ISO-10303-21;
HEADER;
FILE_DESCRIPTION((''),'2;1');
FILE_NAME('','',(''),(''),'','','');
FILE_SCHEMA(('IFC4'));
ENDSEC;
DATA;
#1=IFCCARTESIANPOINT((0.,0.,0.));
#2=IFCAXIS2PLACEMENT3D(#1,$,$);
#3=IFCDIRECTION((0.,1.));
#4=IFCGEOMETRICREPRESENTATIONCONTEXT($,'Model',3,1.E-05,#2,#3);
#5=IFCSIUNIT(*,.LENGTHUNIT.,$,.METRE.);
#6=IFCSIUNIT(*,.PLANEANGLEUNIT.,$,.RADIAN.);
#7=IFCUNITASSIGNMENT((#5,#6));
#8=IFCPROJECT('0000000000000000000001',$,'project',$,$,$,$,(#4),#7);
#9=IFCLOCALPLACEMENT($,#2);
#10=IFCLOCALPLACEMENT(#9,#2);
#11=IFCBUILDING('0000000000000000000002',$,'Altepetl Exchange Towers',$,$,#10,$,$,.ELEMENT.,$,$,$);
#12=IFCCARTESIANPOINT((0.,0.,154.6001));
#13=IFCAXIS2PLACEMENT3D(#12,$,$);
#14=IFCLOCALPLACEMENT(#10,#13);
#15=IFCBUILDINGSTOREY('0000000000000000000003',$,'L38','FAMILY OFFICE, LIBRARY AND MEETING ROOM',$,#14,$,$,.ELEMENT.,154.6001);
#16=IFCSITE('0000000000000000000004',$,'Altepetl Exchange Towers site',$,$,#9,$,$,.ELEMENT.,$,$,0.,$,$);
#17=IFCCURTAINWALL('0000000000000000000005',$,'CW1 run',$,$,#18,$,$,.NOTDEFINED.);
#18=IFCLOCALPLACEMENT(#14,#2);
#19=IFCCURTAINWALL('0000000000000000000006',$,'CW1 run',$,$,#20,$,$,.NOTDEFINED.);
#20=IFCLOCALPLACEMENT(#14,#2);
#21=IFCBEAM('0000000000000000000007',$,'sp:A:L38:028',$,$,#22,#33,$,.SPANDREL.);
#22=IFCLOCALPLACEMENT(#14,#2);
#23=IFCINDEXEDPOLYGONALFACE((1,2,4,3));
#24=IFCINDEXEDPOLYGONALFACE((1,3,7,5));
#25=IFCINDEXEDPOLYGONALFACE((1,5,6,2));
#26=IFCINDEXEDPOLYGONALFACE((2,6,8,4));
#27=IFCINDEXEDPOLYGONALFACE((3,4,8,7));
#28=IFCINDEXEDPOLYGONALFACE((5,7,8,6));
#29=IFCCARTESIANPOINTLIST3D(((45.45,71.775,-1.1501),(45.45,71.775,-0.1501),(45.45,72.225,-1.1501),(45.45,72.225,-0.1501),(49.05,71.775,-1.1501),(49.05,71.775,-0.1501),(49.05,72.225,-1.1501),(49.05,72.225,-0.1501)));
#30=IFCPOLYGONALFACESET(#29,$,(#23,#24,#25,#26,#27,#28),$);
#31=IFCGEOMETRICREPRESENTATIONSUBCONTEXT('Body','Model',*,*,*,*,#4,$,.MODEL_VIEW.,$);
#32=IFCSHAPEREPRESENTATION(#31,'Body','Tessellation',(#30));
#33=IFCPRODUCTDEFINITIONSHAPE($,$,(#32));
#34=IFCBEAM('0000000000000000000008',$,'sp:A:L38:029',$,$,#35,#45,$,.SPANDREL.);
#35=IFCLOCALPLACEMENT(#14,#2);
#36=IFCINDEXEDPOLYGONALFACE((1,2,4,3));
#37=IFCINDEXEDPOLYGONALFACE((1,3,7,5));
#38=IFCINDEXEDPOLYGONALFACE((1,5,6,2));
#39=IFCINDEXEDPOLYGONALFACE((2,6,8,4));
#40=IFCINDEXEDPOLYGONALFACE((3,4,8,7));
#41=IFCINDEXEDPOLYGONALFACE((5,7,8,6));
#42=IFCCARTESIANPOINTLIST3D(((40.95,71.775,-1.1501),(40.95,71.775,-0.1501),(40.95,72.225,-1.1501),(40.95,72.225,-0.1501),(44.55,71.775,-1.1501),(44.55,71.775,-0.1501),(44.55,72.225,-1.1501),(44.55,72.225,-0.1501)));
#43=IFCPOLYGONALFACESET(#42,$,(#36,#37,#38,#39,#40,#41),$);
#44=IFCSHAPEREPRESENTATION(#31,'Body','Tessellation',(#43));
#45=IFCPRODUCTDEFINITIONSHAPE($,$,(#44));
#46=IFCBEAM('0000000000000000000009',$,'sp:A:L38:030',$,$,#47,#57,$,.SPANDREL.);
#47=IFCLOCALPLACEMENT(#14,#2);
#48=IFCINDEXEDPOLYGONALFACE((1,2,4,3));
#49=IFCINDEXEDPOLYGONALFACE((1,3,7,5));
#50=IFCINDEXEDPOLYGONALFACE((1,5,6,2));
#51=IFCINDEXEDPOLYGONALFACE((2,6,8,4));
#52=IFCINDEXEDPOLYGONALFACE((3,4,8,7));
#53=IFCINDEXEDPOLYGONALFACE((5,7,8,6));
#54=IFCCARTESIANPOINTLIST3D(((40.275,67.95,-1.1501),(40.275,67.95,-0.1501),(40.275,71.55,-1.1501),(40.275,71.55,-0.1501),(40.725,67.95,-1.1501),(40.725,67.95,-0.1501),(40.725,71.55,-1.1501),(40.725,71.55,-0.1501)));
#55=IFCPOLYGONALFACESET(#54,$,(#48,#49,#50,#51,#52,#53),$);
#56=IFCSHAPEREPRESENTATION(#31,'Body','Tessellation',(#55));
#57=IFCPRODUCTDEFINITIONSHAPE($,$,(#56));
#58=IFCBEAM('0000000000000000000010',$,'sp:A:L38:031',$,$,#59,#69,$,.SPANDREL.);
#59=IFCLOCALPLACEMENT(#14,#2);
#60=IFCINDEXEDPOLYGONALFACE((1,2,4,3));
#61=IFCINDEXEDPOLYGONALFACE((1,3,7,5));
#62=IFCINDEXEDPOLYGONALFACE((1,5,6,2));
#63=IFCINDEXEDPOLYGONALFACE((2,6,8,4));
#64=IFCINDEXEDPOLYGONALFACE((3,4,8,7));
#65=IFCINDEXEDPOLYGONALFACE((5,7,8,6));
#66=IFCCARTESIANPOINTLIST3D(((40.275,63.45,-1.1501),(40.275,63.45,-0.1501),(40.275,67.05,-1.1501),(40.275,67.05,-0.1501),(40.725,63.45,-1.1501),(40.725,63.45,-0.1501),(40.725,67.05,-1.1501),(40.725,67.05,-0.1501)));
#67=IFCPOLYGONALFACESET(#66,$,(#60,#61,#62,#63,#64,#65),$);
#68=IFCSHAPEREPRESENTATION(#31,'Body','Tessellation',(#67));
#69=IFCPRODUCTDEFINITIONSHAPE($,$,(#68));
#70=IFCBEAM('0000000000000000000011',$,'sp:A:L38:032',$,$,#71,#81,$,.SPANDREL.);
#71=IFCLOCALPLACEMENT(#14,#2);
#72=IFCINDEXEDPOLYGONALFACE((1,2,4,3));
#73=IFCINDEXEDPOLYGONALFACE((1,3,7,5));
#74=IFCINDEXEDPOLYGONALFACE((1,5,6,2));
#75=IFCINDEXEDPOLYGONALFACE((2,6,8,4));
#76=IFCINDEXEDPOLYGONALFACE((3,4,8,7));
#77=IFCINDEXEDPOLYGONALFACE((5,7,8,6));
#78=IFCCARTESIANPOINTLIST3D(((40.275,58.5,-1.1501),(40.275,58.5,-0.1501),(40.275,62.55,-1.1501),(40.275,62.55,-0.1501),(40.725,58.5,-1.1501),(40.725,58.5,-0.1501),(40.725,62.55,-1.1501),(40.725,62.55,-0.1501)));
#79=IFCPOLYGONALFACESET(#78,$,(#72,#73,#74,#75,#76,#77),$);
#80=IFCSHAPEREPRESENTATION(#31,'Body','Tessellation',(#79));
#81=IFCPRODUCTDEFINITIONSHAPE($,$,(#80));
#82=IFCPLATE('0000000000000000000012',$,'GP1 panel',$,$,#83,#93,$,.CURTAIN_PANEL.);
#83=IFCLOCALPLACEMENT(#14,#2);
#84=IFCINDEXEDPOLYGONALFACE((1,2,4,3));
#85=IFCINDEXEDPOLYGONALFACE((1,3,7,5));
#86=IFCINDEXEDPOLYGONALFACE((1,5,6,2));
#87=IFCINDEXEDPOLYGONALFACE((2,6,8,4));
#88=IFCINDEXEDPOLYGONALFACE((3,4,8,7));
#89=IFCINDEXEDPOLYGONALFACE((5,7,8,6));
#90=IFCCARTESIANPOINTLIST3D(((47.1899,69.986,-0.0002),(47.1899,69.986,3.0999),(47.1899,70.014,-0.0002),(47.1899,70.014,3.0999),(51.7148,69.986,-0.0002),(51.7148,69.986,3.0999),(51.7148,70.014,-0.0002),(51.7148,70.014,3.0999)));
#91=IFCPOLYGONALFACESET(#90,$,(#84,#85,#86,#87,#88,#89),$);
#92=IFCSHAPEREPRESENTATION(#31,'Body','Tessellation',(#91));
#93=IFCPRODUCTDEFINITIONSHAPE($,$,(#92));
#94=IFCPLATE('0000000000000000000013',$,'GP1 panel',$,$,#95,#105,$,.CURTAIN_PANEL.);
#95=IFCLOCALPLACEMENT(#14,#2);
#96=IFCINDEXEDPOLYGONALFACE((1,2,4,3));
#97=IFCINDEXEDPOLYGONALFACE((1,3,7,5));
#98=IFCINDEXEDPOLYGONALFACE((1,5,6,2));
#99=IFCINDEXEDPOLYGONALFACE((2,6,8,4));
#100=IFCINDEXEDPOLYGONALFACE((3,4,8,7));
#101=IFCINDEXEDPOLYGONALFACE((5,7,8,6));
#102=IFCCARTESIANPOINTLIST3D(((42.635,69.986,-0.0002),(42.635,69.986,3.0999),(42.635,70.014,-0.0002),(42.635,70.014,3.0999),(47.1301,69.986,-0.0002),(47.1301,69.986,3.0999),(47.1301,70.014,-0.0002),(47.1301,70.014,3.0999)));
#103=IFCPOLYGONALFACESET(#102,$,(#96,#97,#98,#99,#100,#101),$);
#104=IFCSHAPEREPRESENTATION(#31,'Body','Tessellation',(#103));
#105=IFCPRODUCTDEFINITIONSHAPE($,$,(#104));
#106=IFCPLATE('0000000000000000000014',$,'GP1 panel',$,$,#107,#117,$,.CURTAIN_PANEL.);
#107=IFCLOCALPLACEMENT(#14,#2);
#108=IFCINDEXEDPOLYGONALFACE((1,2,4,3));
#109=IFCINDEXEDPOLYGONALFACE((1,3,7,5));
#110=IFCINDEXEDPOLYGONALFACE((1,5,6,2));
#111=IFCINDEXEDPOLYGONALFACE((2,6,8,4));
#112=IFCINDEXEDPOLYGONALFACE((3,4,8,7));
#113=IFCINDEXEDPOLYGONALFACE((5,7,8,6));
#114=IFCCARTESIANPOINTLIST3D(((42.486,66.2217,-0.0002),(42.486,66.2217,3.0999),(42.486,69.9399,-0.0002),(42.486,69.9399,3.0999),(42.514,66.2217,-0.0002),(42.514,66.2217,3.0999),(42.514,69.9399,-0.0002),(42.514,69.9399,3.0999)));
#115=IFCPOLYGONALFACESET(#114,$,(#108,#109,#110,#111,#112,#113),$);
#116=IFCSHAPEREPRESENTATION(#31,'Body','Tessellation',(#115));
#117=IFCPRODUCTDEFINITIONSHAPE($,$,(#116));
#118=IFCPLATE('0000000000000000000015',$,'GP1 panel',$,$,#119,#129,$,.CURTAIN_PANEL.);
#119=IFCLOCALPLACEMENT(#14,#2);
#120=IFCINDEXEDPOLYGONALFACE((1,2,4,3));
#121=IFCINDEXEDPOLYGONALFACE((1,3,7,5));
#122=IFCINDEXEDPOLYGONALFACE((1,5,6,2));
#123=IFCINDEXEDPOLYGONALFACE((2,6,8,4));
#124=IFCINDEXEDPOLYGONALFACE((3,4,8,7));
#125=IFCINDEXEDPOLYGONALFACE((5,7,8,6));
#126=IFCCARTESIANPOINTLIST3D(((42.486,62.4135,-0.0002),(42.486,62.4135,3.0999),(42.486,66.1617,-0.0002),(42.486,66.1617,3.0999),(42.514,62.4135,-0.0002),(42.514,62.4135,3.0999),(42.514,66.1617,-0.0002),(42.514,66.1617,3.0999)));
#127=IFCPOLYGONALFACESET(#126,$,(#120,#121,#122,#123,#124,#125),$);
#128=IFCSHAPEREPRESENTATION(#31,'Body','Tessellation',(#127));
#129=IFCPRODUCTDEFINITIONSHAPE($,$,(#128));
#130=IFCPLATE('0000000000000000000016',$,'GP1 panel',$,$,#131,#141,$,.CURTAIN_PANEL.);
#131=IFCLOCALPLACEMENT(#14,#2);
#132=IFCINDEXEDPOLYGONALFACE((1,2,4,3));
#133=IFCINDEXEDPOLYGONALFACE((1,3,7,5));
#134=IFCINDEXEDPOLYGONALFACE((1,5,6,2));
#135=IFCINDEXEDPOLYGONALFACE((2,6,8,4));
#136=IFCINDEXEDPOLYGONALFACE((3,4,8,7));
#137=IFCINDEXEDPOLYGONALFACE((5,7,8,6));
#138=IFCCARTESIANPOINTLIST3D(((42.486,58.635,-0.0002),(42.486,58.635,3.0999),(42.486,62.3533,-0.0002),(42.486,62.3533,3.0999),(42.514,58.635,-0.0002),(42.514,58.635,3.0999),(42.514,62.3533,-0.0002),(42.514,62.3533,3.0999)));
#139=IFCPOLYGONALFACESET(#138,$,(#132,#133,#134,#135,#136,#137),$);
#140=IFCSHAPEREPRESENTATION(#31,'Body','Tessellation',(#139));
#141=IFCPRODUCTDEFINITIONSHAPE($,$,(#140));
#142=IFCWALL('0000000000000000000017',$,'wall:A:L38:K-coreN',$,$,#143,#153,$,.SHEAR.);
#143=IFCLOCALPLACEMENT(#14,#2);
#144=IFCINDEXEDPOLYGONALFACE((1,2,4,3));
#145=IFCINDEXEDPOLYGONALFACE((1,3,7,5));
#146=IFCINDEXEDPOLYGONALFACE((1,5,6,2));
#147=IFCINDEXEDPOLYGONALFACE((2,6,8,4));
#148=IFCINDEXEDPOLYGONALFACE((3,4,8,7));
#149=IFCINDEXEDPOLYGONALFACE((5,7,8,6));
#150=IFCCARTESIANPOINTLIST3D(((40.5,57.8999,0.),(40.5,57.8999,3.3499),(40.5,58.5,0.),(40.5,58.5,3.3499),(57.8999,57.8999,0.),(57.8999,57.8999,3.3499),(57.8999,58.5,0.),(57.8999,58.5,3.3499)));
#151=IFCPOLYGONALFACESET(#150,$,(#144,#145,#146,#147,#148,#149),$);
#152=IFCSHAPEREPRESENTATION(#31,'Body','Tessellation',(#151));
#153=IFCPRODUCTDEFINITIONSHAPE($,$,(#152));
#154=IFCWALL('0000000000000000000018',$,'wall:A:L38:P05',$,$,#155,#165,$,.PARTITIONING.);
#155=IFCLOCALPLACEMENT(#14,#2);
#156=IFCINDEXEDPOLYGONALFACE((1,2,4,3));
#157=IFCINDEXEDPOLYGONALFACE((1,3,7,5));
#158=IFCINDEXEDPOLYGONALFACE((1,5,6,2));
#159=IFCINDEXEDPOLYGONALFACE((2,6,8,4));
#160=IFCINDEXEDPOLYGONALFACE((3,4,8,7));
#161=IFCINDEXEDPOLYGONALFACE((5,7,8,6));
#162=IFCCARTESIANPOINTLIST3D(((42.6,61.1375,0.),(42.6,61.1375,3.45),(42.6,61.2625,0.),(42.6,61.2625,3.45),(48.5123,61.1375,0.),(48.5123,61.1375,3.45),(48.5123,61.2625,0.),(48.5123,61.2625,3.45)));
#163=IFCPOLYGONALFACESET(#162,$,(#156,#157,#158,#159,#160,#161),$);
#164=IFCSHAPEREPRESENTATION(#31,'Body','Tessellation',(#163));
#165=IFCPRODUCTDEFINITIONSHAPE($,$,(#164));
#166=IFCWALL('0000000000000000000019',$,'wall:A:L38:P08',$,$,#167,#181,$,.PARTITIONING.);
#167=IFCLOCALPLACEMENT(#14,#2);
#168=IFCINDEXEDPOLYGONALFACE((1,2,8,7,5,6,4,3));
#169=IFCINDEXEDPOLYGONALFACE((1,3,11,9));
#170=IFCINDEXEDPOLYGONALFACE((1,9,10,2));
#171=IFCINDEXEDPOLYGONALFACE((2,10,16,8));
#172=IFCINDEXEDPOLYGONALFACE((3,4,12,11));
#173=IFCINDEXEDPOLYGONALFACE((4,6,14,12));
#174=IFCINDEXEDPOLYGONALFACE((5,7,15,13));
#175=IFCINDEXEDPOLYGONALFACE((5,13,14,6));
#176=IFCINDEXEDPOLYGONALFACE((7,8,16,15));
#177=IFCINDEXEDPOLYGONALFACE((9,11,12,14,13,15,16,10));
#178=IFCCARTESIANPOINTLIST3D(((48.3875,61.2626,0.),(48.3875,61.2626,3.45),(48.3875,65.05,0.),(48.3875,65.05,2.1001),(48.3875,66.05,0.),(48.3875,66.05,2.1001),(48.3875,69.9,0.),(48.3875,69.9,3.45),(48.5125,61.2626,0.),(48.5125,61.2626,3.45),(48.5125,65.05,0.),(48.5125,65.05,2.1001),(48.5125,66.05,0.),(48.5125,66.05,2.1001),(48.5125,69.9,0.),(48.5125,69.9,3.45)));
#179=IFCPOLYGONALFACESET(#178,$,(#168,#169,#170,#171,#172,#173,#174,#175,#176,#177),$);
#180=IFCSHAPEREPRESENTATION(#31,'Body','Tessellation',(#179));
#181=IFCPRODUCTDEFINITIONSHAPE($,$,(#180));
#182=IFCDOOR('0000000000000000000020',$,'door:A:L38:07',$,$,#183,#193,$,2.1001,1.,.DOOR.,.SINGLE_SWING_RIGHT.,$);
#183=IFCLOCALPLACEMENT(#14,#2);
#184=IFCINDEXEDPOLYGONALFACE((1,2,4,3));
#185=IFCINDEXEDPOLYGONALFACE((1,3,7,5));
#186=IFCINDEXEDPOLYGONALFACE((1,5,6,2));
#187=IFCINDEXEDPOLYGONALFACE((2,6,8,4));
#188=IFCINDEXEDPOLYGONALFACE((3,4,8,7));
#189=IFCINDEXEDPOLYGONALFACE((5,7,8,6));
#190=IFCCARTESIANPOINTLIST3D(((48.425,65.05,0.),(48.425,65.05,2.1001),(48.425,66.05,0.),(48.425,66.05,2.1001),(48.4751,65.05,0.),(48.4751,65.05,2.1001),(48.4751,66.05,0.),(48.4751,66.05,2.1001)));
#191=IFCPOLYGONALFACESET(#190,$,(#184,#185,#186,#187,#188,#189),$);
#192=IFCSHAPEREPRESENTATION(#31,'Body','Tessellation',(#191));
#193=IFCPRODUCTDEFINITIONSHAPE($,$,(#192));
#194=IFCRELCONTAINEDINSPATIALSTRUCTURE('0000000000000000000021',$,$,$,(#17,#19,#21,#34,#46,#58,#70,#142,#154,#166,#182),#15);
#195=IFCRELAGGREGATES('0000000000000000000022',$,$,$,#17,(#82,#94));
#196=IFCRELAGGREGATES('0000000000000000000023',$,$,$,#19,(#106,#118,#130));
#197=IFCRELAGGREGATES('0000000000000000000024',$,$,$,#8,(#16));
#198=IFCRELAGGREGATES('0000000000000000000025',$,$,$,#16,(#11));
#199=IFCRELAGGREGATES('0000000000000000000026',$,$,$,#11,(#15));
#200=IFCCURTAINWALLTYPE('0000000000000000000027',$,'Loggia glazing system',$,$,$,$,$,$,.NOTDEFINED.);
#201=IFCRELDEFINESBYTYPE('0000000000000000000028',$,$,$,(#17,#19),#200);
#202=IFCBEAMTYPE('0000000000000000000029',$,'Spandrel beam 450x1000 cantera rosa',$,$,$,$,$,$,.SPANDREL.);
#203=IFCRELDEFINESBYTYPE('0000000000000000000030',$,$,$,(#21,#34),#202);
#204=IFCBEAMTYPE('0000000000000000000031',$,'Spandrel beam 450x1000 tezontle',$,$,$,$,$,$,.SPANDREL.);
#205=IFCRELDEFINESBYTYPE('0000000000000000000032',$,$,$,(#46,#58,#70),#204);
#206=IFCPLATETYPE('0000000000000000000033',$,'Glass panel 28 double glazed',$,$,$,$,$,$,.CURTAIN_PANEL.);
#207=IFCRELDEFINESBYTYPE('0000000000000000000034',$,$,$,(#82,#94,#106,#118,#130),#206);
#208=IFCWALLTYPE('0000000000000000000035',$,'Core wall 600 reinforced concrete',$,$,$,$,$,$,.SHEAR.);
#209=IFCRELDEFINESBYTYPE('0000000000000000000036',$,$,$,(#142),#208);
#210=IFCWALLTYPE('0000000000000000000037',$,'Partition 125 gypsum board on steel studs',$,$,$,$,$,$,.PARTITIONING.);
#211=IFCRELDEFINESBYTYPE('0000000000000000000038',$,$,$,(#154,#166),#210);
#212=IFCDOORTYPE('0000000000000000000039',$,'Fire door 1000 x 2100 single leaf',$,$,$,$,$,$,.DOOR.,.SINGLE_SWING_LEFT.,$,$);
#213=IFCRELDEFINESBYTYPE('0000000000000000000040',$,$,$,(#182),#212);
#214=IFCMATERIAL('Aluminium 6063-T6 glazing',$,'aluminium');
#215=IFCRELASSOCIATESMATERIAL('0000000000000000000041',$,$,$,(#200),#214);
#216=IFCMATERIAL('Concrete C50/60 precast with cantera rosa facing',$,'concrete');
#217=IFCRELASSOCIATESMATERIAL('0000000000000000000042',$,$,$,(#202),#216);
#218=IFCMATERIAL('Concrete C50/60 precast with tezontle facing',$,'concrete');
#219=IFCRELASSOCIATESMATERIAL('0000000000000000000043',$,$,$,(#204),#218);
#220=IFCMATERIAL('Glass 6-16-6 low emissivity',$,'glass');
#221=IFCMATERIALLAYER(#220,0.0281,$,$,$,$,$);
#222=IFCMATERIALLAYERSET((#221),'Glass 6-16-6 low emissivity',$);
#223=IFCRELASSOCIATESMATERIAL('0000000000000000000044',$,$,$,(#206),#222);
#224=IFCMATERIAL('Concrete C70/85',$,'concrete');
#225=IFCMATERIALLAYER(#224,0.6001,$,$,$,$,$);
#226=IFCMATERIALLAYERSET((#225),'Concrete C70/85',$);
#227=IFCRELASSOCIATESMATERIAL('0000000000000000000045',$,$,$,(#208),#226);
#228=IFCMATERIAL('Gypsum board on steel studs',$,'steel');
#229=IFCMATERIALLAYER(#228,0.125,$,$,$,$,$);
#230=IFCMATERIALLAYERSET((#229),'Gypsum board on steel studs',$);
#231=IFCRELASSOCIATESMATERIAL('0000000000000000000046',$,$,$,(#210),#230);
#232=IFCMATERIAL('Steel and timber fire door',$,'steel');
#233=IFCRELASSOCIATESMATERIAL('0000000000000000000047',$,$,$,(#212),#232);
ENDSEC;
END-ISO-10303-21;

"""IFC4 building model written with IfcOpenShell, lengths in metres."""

from ifc_helpers import new_model, si_unit, direction, frame, frame_2d, origin, origin_2d, place, context, subcontext, project, spatial, rectangle, extrude, material, layer, layer_set, material_profile, profile_set, type_object, element, fill, aggregate, save


model = new_model("IFC4")

# Units and contexts
model_context = context("Model", 3, precision=1e-05, world=origin(), true_north=direction((0.0, 1.0)))
body_context = subcontext(model_context, "Body", "Model", "MODEL_VIEW")
ifc_project = project(units=[si_unit("LENGTHUNIT", "METRE"), si_unit("PLANEANGLEUNIT", "RADIAN")], contexts=[model_context])

# Site, building, storey
site_placement = place(None, origin())
site = spatial("IfcSite", under=ifc_project, at=site_placement, Name="Altepetl Exchange Towers site", CompositionType="ELEMENT", RefElevation=0.0)
building_placement = place(site_placement, origin())
building = spatial("IfcBuilding", under=site, at=building_placement, Name="Altepetl Exchange Towers", CompositionType="ELEMENT")
storey_placement = place(building_placement, frame((0.0, 0.0, 154.6001)))
storey = spatial("IfcBuildingStorey", under=building, at=storey_placement, Name="L38", Description="FAMILY OFFICE, LIBRARY AND MEETING ROOM", CompositionType="ELEMENT", Elevation=154.6001)

# Curtain walls
ifc_material_1 = material(Name="Aluminium 6063-T6 glazing", Category="aluminium")
curtain_wall_type = type_object("IfcCurtainWallType", Name="Loggia glazing system", PredefinedType="NOTDEFINED", material=ifc_material_1)
curtain_wall_1_placement = place(storey_placement, origin())
curtain_wall_1 = element("IfcCurtainWall", 1, at=curtain_wall_1_placement, inside=storey, type_object=curtain_wall_type, Name="CW1 run", PredefinedType="NOTDEFINED")
curtain_wall_2_placement = place(storey_placement, origin())
curtain_wall_2 = element("IfcCurtainWall", 2, at=curtain_wall_2_placement, inside=storey, type_object=curtain_wall_type, Name="CW1 run", PredefinedType="NOTDEFINED")

# Beams
ifc_material_2 = material(Name="Concrete C50/60 precast with cantera rosa facing", Category="concrete")
ifc_material_profile_1 = material_profile(ifc_material_2, rectangle(XDim=0.45, YDim=1.0, at=origin_2d()), Name="450 x 1000")
ifc_profile_set_1 = profile_set([ifc_material_profile_1], Name="Concrete C50/60 precast with cantera rosa facing")
beam_type_1 = type_object("IfcBeamType", Name="Spandrel beam 450x1000 cantera rosa", PredefinedType="SPANDREL", material=ifc_profile_set_1)
for number, where, z_axis, x_axis, name in (
    (3, (49.05, 72.0, -0.6501), (-1.0, 0.0, 0.0), (0.0, -1.0, 0.0), "sp:A:L38:028"),
    (4, (44.55, 72.0, -0.6501), (-1.0, 0.0, 0.0), (0.0, -1.0, 0.0), "sp:A:L38:029"),
):
    element("IfcBeam", number, at=place(storey_placement, frame(where, z_axis=z_axis, x_axis=x_axis)), inside=storey, type_object=beam_type_1, Name=name, PredefinedType="SPANDREL", context=body_context, shape_type="SweptSolid", body=[
        extrude(rectangle(XDim=0.45, YDim=1.0, at=origin_2d()), origin(), (0.0, 0.0, 1.0), 3.6001),
    ])
ifc_material_3 = material(Name="Concrete C50/60 precast with tezontle facing", Category="concrete")
ifc_material_profile_2 = material_profile(ifc_material_3, rectangle(XDim=0.45, YDim=1.0, at=origin_2d()), Name="450 x 1000")
ifc_profile_set_2 = profile_set([ifc_material_profile_2], Name="Concrete C50/60 precast with tezontle facing")
beam_type_2 = type_object("IfcBeamType", Name="Spandrel beam 450x1000 tezontle", PredefinedType="SPANDREL", material=ifc_profile_set_2)
for number, where, z_axis, x_axis, name in (
    (5, (40.5, 71.55, -0.6501), (0.0, -1.0, 0.0), (1.0, 0.0, 0.0), "sp:A:L38:030"),
    (6, (40.5, 67.05, -0.6501), (0.0, -1.0, 0.0), (1.0, 0.0, 0.0), "sp:A:L38:031"),
):
    element("IfcBeam", number, at=place(storey_placement, frame(where, z_axis=z_axis, x_axis=x_axis)), inside=storey, type_object=beam_type_2, Name=name, PredefinedType="SPANDREL", context=body_context, shape_type="SweptSolid", body=[
        extrude(rectangle(XDim=0.45, YDim=1.0, at=origin_2d()), origin(), (0.0, 0.0, 1.0), 3.6001),
    ])
beam_1_placement = place(storey_placement, frame((40.5, 62.55, -0.6501), z_axis=(0.0, -1.0, 0.0), x_axis=(1.0, 0.0, 0.0)))
element("IfcBeam", 7, at=beam_1_placement, inside=storey, type_object=beam_type_2, Name="sp:A:L38:032", PredefinedType="SPANDREL", context=body_context, shape_type="SweptSolid", body=[
    extrude(rectangle(XDim=0.45, YDim=1.0, at=origin_2d()), origin(), (0.0, 0.0, 1.0), 4.05),
])

# Plates
ifc_material_4 = material(Name="Glass 6-16-6 low emissivity", Category="glass")
ifc_layer_1 = layer(ifc_material_4, 0.0281)
ifc_layer_set_1 = layer_set([ifc_layer_1], Name="Glass 6-16-6 low emissivity")
plate_type = type_object("IfcPlateType", Name="Glass panel 28 double glazed", PredefinedType="CURTAIN_PANEL", material=ifc_layer_set_1)
plate_1_placement = place(storey_placement, frame((49.4524, 70.0, -0.0002), z_axis=(0.0, 0.0, 1.0), x_axis=(-1.0, 0.0, 0.0)))
plate_1 = element("IfcPlate", 8, at=plate_1_placement, type_object=plate_type, Name="GP1 panel", PredefinedType="CURTAIN_PANEL", context=body_context, shape_type="SweptSolid", body=[
    extrude(rectangle(XDim=4.5249, YDim=0.0281, at=origin_2d()), origin(), (0.0, 0.0, 1.0), 3.1001),
])
plate_2_placement = place(storey_placement, frame((44.8826, 70.0, -0.0002), z_axis=(0.0, 0.0, 1.0), x_axis=(-1.0, 0.0, 0.0)))
plate_2 = element("IfcPlate", 9, at=plate_2_placement, type_object=plate_type, Name="GP1 panel", PredefinedType="CURTAIN_PANEL", context=body_context, shape_type="SweptSolid", body=[
    extrude(rectangle(XDim=4.4951, YDim=0.0281, at=origin_2d()), origin(), (0.0, 0.0, 1.0), 3.1001),
])
aggregate(curtain_wall_1, [plate_1, plate_2])
plate_3_placement = place(storey_placement, frame((42.5, 68.0808, -0.0002), z_axis=(0.0, 0.0, 1.0), x_axis=(0.0, -1.0, 0.0)))
plate_3 = element("IfcPlate", 10, at=plate_3_placement, type_object=plate_type, Name="GP1 panel", PredefinedType="CURTAIN_PANEL", context=body_context, shape_type="SweptSolid", body=[
    extrude(rectangle(XDim=3.7183, YDim=0.0281, at=origin_2d()), origin(), (0.0, 0.0, 1.0), 3.1001),
])
plate_4_placement = place(storey_placement, frame((42.5, 64.2876, -0.0002), z_axis=(0.0, 0.0, 1.0), x_axis=(0.0, -1.0, 0.0)))
plate_4 = element("IfcPlate", 11, at=plate_4_placement, type_object=plate_type, Name="GP1 panel", PredefinedType="CURTAIN_PANEL", context=body_context, shape_type="SweptSolid", body=[
    extrude(rectangle(XDim=3.7483, YDim=0.0281, at=origin_2d()), origin(), (0.0, 0.0, 1.0), 3.1001),
])
plate_5_placement = place(storey_placement, frame((42.5, 60.4941, -0.0002), z_axis=(0.0, 0.0, 1.0), x_axis=(0.0, -1.0, 0.0)))
plate_5 = element("IfcPlate", 12, at=plate_5_placement, type_object=plate_type, Name="GP1 panel", PredefinedType="CURTAIN_PANEL", context=body_context, shape_type="SweptSolid", body=[
    extrude(rectangle(XDim=3.7183, YDim=0.0281, at=origin_2d()), origin(), (0.0, 0.0, 1.0), 3.1001),
])
aggregate(curtain_wall_2, [plate_3, plate_4, plate_5])

# Walls
ifc_material_5 = material(Name="Concrete C70/85", Category="concrete")
ifc_layer_2 = layer(ifc_material_5, 0.6001)
ifc_layer_set_2 = layer_set([ifc_layer_2], Name="Concrete C70/85")
wall_type_1 = type_object("IfcWallType", Name="Core wall 600 reinforced concrete", PredefinedType="SHEAR", material=ifc_layer_set_2)
wall_1_placement = place(storey_placement, frame((40.5, 58.2, 0.0)))
element("IfcWall", 13, at=wall_1_placement, inside=storey, type_object=wall_type_1, Name="wall:A:L38:K-coreN", PredefinedType="SHEAR", context=body_context, shape_type="SweptSolid", body=[
    extrude(rectangle(XDim=17.3999, YDim=0.6001, at=frame_2d((8.7, 0.0))), origin(), (0.0, 0.0, 1.0), 3.3499),
])
ifc_material_6 = material(Name="Gypsum board on steel studs", Category="steel")
ifc_layer_3 = layer(ifc_material_6, 0.125)
ifc_layer_set_3 = layer_set([ifc_layer_3], Name="Gypsum board on steel studs")
wall_type_2 = type_object("IfcWallType", Name="Partition 125 gypsum board on steel studs", PredefinedType="PARTITIONING", material=ifc_layer_set_3)
wall_2_placement = place(storey_placement, frame((42.6001, 61.2, 0.0)))
element("IfcWall", 14, at=wall_2_placement, inside=storey, type_object=wall_type_2, Name="wall:A:L38:P05", PredefinedType="PARTITIONING", context=body_context, shape_type="SweptSolid", body=[
    extrude(rectangle(XDim=5.9124, YDim=0.125, at=frame_2d((2.9561, 0.0))), origin(), (0.0, 0.0, 1.0), 3.45),
])

# Wall, opening, door
wall_3_placement = place(storey_placement, frame((48.45, 61.2625, 0.0), z_axis=(0.0, 0.0, 1.0), x_axis=(0.0, 1.0, 0.0)))
wall_3 = element("IfcWall", 15, at=wall_3_placement, inside=storey, type_object=wall_type_2, Name="wall:A:L38:P08", PredefinedType="PARTITIONING", context=body_context, shape_type="SweptSolid", body=[
    extrude(rectangle(XDim=8.6375, YDim=0.125, at=frame_2d((4.3188, 0.0))), origin(), (0.0, 0.0, 1.0), 3.45),
])
opening_1_placement = place(wall_3_placement, frame((3.7876, 0.0, 0.0)))
opening_1 = element("IfcOpeningElement", 16, at=opening_1_placement, cuts=wall_3, PredefinedType="OPENING", context=body_context, shape_type="SweptSolid", body=[
    extrude(rectangle(XDim=1.0, YDim=2.1001, at=frame_2d((0.5, 1.05))), frame((0.0, 0.0725, 0.0), z_axis=(0.0, -1.0, 0.0), x_axis=(1.0, 0.0, 0.0)), (0.0, 0.0, 1.0), 0.145),
])
ifc_material_7 = material(Name="Steel and timber fire door", Category="steel")
door_type_1 = type_object("IfcDoorType", Name="Fire door 1000 x 2100 single leaf", OperationType="SINGLE_SWING_LEFT", PredefinedType="DOOR", material=ifc_material_7)
door_1_placement = place(opening_1_placement, origin())
door_1 = element("IfcDoor", 17, at=door_1_placement, inside=storey, type_object=door_type_1, Name="door:A:L38:07", OperationType="SINGLE_SWING_RIGHT", OverallHeight=2.1001, OverallWidth=1.0, PredefinedType="DOOR", context=body_context, shape_type="SweptSolid", body=[
    extrude(rectangle(XDim=1.0, YDim=2.1001, at=frame_2d((0.5, 1.05))), frame((0.0, 0.0249, 0.0), z_axis=(0.0, -1.0, 0.0), x_axis=(1.0, 0.0, 0.0)), (0.0, 0.0, 1.0), 0.05),
])
fill(opening_1, door_1)

save(model, "model.ifc")
